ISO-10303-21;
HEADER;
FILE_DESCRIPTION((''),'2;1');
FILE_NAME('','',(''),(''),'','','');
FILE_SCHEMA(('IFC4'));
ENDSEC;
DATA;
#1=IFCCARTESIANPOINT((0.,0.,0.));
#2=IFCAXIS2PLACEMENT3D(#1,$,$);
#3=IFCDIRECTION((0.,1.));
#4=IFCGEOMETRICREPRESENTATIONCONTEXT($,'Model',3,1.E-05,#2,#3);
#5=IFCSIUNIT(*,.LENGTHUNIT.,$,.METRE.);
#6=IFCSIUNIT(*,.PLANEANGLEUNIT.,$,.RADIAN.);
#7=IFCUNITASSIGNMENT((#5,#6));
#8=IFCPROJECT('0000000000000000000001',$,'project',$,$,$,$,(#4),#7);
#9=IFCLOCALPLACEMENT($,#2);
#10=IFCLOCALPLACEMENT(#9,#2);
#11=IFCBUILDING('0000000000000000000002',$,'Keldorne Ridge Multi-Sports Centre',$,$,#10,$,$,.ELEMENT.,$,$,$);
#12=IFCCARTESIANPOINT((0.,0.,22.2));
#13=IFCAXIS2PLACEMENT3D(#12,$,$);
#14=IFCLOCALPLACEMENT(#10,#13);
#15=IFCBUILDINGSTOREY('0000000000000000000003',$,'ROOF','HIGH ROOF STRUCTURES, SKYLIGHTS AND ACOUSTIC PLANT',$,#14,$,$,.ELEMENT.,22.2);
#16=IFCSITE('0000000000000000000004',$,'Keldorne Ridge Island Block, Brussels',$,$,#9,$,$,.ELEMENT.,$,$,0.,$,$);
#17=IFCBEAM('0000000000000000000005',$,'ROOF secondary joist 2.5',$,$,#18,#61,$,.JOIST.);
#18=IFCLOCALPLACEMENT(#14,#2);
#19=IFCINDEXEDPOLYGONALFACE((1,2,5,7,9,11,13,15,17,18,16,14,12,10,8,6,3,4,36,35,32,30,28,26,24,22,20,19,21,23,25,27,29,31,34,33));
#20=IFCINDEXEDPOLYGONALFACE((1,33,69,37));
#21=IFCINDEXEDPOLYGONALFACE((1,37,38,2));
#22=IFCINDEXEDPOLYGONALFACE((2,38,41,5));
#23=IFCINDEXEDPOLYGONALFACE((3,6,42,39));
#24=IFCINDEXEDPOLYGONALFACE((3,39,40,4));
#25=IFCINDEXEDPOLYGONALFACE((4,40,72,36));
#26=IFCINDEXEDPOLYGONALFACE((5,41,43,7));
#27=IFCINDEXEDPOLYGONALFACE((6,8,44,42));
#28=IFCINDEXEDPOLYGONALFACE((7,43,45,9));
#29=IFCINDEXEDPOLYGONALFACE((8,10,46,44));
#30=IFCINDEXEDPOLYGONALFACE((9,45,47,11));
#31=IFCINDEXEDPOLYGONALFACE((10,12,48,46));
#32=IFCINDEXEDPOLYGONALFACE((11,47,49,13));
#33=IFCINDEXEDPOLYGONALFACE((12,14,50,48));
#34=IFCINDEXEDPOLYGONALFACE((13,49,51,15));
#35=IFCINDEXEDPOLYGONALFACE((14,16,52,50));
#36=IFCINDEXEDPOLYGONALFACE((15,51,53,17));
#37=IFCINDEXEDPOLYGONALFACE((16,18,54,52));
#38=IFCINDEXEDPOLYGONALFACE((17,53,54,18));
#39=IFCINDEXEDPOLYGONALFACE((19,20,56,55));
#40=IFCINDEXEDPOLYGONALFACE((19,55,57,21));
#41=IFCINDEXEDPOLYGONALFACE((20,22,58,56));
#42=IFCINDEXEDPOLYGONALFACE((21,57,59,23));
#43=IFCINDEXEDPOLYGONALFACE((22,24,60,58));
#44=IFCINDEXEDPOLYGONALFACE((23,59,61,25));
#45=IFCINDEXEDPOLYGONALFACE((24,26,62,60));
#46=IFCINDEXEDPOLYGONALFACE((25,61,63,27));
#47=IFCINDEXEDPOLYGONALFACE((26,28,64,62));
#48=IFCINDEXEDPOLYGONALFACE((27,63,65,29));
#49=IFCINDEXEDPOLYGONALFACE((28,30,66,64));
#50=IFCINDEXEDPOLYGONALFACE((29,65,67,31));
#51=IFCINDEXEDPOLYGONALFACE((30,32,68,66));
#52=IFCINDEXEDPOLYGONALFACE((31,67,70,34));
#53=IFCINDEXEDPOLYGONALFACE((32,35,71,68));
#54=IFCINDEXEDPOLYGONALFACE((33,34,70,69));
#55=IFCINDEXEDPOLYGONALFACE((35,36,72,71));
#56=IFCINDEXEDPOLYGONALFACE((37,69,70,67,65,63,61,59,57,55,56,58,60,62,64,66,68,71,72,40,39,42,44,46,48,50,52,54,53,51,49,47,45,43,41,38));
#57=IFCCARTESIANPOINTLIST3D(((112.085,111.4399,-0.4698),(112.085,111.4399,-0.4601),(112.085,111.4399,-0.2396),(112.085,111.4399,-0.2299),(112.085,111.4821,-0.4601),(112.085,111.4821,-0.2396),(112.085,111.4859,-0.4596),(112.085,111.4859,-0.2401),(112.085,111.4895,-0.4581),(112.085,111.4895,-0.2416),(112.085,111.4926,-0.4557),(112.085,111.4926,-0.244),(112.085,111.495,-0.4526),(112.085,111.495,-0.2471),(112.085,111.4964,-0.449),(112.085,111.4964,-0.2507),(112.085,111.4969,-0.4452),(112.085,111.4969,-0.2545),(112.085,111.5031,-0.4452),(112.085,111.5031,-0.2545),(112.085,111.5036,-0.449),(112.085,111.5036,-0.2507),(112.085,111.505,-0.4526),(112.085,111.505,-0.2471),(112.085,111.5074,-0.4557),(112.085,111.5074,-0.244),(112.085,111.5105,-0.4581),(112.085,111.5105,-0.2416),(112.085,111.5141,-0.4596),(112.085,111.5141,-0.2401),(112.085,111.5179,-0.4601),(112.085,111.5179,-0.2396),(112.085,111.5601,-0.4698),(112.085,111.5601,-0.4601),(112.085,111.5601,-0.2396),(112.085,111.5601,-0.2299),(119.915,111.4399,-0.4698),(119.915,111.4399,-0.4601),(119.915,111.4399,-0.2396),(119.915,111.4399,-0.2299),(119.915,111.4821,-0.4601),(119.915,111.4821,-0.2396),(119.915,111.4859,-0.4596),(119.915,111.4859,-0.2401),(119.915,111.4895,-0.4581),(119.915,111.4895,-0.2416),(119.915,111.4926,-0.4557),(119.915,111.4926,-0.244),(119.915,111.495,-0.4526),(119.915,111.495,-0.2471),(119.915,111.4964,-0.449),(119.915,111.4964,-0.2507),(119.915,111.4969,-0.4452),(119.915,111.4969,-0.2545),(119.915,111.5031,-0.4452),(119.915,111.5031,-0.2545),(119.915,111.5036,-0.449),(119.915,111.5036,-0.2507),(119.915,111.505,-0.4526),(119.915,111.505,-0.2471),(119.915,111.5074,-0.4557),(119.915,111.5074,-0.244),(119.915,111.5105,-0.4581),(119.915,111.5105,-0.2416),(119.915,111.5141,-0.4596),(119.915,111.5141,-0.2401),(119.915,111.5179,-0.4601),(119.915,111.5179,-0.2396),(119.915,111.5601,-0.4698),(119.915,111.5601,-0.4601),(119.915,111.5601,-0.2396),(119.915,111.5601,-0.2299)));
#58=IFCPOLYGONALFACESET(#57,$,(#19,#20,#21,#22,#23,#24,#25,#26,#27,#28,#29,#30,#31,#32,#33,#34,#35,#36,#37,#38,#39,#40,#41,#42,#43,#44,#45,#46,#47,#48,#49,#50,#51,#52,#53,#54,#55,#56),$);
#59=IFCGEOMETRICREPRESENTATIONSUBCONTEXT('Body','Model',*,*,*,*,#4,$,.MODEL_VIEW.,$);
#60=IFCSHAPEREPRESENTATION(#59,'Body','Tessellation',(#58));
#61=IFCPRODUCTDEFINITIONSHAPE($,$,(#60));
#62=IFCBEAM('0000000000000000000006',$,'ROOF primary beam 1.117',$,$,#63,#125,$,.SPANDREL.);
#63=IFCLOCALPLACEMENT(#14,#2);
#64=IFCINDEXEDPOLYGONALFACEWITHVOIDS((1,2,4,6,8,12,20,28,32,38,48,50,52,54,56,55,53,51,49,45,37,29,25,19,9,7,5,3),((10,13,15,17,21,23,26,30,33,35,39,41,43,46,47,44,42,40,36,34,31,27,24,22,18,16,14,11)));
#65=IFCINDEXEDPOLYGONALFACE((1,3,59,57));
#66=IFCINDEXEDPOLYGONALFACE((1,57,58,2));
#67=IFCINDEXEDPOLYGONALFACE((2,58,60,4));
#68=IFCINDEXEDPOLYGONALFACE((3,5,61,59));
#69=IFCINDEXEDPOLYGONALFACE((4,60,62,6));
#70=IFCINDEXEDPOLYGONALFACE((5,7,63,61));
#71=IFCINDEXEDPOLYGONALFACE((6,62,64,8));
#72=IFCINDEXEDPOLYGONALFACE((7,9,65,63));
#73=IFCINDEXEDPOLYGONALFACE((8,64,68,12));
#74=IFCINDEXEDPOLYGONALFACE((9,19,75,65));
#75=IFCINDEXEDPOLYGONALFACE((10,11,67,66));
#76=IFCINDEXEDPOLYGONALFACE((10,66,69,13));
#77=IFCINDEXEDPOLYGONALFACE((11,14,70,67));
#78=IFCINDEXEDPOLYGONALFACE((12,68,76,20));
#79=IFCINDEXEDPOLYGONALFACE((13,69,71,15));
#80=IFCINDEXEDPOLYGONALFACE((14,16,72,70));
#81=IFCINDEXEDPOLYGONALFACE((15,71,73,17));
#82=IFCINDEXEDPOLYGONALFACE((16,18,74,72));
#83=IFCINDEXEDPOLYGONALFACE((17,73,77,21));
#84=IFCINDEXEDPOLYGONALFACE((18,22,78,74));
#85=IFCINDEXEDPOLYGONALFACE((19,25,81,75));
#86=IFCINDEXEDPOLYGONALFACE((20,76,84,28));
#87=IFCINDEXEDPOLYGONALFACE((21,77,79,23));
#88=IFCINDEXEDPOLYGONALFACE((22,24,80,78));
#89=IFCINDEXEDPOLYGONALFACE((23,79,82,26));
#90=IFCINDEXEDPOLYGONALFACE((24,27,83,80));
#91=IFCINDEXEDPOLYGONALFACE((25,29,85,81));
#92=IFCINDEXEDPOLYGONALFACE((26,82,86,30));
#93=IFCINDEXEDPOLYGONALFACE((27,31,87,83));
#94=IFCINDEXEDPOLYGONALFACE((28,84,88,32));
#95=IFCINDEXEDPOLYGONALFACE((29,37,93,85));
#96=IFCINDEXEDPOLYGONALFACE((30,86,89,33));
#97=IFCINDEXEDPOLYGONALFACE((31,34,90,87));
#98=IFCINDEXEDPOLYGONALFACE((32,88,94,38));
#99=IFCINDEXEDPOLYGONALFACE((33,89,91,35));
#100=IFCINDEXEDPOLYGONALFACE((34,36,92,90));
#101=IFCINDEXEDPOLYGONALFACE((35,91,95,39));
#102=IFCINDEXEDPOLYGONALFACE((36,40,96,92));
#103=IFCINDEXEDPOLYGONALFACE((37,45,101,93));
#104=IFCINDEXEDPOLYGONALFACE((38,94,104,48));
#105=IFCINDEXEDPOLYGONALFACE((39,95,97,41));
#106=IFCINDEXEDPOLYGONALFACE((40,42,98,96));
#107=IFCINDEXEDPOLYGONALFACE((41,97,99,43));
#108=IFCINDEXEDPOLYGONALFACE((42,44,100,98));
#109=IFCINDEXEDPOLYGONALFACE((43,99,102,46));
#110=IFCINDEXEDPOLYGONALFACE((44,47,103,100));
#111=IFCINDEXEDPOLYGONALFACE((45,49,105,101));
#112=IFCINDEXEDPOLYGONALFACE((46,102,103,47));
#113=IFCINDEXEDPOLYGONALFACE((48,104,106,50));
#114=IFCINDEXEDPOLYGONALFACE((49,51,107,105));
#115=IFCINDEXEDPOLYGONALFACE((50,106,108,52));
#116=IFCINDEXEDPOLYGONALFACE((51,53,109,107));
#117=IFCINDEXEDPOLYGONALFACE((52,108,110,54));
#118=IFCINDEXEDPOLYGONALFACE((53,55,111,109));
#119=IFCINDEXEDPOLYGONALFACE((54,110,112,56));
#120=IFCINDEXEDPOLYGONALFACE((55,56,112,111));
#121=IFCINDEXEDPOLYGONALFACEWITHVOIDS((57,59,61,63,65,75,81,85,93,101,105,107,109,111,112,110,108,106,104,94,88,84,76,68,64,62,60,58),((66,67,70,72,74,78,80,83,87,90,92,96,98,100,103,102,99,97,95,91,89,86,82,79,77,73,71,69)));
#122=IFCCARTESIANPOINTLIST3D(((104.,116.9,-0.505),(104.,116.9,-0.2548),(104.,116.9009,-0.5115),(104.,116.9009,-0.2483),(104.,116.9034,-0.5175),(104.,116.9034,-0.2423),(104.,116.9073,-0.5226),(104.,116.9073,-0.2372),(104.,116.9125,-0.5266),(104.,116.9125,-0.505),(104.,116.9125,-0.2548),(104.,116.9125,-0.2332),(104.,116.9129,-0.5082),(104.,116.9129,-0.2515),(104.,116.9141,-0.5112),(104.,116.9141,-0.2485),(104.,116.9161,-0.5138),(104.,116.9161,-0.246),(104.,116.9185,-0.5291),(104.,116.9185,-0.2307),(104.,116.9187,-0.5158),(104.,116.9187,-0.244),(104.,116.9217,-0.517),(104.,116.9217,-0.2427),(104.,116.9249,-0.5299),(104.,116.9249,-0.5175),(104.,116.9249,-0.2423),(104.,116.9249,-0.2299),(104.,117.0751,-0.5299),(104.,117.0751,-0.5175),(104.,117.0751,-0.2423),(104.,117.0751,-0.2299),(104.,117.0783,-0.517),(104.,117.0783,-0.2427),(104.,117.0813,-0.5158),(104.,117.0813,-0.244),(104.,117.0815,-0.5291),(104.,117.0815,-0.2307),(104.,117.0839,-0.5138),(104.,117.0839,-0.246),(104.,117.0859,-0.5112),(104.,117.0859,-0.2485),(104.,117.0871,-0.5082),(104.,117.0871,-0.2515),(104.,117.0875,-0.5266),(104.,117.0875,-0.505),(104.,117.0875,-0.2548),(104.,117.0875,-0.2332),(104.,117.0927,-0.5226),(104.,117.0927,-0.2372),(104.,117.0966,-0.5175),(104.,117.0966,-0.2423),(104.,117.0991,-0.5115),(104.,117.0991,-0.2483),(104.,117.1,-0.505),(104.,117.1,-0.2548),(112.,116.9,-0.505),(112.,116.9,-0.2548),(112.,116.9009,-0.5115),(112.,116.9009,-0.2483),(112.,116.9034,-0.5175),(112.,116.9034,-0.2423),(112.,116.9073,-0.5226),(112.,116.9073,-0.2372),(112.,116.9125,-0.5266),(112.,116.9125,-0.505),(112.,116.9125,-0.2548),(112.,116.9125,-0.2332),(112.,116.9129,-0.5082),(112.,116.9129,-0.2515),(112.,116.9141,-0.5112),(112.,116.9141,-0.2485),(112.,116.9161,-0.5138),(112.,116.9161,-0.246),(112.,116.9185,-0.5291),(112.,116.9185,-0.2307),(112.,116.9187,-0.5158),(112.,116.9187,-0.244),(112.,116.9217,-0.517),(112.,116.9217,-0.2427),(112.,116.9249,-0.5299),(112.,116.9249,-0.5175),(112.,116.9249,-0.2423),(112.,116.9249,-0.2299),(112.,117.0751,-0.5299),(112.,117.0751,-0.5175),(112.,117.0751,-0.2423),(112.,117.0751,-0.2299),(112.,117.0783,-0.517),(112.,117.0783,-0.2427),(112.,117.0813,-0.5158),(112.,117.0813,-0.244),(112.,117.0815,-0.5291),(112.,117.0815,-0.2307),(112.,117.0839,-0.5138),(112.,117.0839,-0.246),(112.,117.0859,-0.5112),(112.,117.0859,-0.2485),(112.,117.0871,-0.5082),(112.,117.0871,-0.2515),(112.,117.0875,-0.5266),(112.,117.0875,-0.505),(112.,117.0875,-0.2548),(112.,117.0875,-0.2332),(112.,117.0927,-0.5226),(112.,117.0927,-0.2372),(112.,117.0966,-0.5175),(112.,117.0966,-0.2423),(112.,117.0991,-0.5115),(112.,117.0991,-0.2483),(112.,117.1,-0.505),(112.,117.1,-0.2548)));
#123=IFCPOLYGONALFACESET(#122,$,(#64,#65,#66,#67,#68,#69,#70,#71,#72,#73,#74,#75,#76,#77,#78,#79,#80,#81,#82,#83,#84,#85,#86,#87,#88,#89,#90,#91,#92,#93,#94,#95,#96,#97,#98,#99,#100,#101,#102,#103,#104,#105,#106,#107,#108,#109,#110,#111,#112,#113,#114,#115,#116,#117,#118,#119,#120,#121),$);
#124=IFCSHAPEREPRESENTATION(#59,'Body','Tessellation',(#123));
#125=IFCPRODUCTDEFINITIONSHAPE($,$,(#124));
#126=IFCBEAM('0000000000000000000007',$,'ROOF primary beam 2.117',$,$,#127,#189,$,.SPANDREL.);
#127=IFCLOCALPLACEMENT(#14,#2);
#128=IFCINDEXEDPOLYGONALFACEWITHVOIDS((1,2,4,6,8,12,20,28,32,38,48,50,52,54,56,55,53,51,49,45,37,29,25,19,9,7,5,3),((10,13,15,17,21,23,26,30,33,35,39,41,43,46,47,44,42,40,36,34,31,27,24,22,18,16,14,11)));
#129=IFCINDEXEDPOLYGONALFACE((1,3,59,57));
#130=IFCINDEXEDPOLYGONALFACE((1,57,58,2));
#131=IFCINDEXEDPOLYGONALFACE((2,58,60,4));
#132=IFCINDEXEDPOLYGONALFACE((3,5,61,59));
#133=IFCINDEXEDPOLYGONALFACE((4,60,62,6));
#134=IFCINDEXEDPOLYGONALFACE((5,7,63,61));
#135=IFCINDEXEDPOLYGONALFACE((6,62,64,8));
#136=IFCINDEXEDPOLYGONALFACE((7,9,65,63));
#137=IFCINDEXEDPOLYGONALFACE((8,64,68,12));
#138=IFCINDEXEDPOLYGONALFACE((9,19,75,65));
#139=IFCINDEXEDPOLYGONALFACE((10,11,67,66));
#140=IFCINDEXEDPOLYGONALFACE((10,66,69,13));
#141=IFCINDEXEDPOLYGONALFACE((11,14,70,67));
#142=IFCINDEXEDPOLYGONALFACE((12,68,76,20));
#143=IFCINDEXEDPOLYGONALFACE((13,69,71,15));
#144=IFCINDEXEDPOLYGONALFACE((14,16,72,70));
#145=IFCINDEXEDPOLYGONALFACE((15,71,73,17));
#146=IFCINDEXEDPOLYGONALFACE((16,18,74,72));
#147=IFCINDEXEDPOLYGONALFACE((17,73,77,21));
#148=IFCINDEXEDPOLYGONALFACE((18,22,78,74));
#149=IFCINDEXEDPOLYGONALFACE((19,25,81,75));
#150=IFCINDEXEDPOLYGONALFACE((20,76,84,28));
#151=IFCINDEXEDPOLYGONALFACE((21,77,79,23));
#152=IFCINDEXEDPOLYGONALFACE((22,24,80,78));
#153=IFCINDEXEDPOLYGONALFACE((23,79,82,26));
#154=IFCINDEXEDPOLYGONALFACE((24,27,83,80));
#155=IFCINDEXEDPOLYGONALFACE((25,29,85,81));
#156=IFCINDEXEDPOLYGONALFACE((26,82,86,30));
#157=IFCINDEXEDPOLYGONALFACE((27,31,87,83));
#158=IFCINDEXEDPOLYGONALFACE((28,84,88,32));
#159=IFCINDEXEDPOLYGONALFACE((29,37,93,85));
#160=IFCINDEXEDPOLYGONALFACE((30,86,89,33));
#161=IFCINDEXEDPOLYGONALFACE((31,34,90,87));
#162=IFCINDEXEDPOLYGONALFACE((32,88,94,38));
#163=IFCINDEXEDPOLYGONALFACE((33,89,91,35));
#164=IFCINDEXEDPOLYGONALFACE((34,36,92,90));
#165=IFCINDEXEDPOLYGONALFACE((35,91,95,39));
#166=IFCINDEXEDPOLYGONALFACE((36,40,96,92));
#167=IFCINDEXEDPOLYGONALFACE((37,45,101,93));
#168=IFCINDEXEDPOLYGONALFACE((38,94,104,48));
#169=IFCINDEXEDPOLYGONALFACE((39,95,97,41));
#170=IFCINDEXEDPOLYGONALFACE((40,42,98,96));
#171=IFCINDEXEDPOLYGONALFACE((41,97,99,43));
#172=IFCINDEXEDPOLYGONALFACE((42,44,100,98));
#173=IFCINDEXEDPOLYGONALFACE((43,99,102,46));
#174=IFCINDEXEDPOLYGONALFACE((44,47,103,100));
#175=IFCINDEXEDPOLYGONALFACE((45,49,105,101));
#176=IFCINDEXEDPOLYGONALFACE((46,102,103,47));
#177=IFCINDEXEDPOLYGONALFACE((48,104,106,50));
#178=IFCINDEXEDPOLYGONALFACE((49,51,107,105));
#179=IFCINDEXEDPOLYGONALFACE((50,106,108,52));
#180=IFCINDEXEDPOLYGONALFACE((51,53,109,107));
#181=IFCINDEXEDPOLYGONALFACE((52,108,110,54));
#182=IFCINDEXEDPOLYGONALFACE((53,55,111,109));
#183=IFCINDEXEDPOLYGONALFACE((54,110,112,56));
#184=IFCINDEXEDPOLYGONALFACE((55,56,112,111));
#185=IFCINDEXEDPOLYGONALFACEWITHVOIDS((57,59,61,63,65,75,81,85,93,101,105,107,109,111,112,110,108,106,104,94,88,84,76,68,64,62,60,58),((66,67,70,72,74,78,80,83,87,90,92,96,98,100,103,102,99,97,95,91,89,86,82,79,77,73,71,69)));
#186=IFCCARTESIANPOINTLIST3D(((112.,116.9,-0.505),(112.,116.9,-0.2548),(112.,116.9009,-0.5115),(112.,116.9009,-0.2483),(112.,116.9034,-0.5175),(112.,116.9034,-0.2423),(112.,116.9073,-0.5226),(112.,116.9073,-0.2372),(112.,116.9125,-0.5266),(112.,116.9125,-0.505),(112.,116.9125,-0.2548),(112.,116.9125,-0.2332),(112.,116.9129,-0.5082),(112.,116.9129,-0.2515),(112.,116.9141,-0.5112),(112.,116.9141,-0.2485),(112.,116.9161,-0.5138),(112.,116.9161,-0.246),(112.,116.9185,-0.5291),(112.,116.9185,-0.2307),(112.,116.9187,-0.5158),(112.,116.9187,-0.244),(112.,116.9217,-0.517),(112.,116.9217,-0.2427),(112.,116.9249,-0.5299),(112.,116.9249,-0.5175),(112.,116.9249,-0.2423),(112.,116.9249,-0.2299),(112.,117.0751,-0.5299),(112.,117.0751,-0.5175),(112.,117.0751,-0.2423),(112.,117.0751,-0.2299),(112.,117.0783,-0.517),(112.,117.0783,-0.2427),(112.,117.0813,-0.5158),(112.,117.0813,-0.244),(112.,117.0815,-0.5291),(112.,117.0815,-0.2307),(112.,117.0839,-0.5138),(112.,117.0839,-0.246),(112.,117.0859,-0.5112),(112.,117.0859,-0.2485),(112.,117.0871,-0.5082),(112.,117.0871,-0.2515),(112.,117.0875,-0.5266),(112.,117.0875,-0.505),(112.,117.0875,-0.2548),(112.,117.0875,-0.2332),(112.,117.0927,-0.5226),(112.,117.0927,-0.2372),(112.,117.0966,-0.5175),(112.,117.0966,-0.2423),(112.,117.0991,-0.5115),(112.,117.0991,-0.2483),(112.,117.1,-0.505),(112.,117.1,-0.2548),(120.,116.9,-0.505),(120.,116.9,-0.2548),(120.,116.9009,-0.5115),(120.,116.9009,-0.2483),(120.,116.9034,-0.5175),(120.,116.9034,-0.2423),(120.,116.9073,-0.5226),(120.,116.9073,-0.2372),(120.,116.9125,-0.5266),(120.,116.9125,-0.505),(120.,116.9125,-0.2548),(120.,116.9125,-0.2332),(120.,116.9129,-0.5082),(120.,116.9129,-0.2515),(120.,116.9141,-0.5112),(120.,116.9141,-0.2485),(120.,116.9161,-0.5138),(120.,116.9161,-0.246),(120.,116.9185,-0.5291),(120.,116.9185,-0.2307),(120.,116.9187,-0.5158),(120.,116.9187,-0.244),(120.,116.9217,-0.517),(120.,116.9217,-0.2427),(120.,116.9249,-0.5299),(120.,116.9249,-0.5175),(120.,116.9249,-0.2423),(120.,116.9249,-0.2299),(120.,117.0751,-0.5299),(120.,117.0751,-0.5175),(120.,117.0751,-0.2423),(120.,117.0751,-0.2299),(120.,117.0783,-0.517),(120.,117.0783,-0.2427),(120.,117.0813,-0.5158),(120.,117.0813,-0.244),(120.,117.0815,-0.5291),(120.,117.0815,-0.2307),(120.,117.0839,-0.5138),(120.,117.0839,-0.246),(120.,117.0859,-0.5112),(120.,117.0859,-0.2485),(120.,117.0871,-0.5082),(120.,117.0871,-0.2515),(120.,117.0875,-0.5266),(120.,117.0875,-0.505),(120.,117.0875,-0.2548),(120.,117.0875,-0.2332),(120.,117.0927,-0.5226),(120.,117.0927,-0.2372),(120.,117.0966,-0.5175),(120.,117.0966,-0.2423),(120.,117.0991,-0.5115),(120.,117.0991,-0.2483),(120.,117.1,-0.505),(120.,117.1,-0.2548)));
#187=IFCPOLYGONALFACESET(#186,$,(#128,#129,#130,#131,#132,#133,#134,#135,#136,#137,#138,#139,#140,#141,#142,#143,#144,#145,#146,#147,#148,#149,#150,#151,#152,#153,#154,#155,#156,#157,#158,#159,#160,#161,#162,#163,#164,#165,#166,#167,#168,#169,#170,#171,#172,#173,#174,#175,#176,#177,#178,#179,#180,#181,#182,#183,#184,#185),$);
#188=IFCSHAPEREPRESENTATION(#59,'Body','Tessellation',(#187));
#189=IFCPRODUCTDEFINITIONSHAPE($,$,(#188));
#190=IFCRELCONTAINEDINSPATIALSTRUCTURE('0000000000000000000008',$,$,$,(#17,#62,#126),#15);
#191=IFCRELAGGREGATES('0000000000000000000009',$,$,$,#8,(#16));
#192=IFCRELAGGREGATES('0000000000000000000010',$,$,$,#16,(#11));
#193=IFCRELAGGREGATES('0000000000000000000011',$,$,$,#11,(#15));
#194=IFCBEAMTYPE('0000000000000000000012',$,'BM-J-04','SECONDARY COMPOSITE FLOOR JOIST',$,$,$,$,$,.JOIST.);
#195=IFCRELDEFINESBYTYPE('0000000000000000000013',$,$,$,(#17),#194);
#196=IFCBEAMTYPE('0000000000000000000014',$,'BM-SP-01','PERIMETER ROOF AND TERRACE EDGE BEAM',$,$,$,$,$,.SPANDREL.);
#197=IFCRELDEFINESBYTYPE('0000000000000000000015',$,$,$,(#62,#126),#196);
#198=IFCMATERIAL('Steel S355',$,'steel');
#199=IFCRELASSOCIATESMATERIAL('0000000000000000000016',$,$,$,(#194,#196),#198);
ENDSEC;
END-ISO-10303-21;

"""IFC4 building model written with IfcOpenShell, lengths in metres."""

from ifc_helpers import new_model, si_unit, direction, frame, origin, origin_2d, place, context, subcontext, project, spatial, hollow_rectangle, i_section, extrude, material, material_profile, profile_set, type_object, element, save


model = new_model("IFC4")

# Units and contexts
model_context = context("Model", 3, precision=1e-05, world=origin(), true_north=direction((0.0, 1.0)))
body_context = subcontext(model_context, "Body", "Model", "MODEL_VIEW")
ifc_project = project(units=[si_unit("LENGTHUNIT", "METRE"), si_unit("PLANEANGLEUNIT", "RADIAN")], contexts=[model_context])

# Site, building, storey
site_placement = place(None, origin())
site = spatial("IfcSite", under=ifc_project, at=site_placement, Name="Keldorne Ridge Island Block, Brussels", CompositionType="ELEMENT", RefElevation=0.0)
building_placement = place(site_placement, origin())
building = spatial("IfcBuilding", under=site, at=building_placement, Name="Keldorne Ridge Multi-Sports Centre", CompositionType="ELEMENT")
storey_placement = place(building_placement, frame((0.0, 0.0, 22.2)))
storey = spatial("IfcBuildingStorey", under=building, at=storey_placement, Name="ROOF", Description="HIGH ROOF STRUCTURES, SKYLIGHTS AND ACOUSTIC PLANT", CompositionType="ELEMENT", Elevation=22.2)

# Beams
ifc_material_1 = material(Name="Steel S355", Category="steel")
ifc_material_profile_1 = material_profile(ifc_material_1, i_section(OverallWidth=0.1201, OverallDepth=0.24, WebThickness=0.0061, FlangeThickness=0.0098, FilletRadius=0.0149, at=origin_2d()), Name="IPE 240")
ifc_profile_set_1 = profile_set([ifc_material_profile_1], Name="Steel S355")
beam_type_1 = type_object("IfcBeamType", Name="BM-J-04", Description="SECONDARY COMPOSITE FLOOR JOIST", PredefinedType="JOIST", material=ifc_profile_set_1)
beam_1_placement = place(storey_placement, frame((112.085, 111.5, -0.3499), z_axis=(1.0, 0.0, 0.0), x_axis=(0.0, 1.0, 0.0)))
element("IfcBeam", 1, at=beam_1_placement, inside=storey, type_object=beam_type_1, Name="ROOF secondary joist 2.5", PredefinedType="JOIST", context=body_context, shape_type="SweptSolid", body=[
    extrude(i_section(OverallWidth=0.1201, OverallDepth=0.24, WebThickness=0.0061, FlangeThickness=0.0098, FilletRadius=0.0149, at=origin_2d()), origin(), (0.0, 0.0, 1.0), 7.8301),
])
ifc_material_profile_2 = material_profile(ifc_material_1, hollow_rectangle(XDim=0.2, YDim=0.3, WallThickness=0.0125, InnerFilletRadius=0.0125, OuterFilletRadius=0.0249, at=origin_2d()), Name="RHS 300x200x12.5")
ifc_profile_set_2 = profile_set([ifc_material_profile_2], Name="Steel S355")
beam_type_2 = type_object("IfcBeamType", Name="BM-SP-01", Description="PERIMETER ROOF AND TERRACE EDGE BEAM", PredefinedType="SPANDREL", material=ifc_profile_set_2)
for number, where, z_axis, x_axis, name in (
    (2, (104.0, 117.0, -0.3799), (1.0, 0.0, 0.0), (0.0, 1.0, 0.0), "ROOF primary beam 1.117"),
    (3, (112.0, 117.0, -0.3799), (1.0, 0.0, 0.0), (0.0, 1.0, 0.0), "ROOF primary beam 2.117"),
):
    element("IfcBeam", number, at=place(storey_placement, frame(where, z_axis=z_axis, x_axis=x_axis)), inside=storey, type_object=beam_type_2, Name=name, PredefinedType="SPANDREL", context=body_context, shape_type="SweptSolid", body=[
        extrude(hollow_rectangle(XDim=0.2, YDim=0.3, WallThickness=0.0125, InnerFilletRadius=0.0125, OuterFilletRadius=0.0249, at=origin_2d()), origin(), (0.0, 0.0, 1.0), 8.0),
    ])

save(model, "model.ifc")
